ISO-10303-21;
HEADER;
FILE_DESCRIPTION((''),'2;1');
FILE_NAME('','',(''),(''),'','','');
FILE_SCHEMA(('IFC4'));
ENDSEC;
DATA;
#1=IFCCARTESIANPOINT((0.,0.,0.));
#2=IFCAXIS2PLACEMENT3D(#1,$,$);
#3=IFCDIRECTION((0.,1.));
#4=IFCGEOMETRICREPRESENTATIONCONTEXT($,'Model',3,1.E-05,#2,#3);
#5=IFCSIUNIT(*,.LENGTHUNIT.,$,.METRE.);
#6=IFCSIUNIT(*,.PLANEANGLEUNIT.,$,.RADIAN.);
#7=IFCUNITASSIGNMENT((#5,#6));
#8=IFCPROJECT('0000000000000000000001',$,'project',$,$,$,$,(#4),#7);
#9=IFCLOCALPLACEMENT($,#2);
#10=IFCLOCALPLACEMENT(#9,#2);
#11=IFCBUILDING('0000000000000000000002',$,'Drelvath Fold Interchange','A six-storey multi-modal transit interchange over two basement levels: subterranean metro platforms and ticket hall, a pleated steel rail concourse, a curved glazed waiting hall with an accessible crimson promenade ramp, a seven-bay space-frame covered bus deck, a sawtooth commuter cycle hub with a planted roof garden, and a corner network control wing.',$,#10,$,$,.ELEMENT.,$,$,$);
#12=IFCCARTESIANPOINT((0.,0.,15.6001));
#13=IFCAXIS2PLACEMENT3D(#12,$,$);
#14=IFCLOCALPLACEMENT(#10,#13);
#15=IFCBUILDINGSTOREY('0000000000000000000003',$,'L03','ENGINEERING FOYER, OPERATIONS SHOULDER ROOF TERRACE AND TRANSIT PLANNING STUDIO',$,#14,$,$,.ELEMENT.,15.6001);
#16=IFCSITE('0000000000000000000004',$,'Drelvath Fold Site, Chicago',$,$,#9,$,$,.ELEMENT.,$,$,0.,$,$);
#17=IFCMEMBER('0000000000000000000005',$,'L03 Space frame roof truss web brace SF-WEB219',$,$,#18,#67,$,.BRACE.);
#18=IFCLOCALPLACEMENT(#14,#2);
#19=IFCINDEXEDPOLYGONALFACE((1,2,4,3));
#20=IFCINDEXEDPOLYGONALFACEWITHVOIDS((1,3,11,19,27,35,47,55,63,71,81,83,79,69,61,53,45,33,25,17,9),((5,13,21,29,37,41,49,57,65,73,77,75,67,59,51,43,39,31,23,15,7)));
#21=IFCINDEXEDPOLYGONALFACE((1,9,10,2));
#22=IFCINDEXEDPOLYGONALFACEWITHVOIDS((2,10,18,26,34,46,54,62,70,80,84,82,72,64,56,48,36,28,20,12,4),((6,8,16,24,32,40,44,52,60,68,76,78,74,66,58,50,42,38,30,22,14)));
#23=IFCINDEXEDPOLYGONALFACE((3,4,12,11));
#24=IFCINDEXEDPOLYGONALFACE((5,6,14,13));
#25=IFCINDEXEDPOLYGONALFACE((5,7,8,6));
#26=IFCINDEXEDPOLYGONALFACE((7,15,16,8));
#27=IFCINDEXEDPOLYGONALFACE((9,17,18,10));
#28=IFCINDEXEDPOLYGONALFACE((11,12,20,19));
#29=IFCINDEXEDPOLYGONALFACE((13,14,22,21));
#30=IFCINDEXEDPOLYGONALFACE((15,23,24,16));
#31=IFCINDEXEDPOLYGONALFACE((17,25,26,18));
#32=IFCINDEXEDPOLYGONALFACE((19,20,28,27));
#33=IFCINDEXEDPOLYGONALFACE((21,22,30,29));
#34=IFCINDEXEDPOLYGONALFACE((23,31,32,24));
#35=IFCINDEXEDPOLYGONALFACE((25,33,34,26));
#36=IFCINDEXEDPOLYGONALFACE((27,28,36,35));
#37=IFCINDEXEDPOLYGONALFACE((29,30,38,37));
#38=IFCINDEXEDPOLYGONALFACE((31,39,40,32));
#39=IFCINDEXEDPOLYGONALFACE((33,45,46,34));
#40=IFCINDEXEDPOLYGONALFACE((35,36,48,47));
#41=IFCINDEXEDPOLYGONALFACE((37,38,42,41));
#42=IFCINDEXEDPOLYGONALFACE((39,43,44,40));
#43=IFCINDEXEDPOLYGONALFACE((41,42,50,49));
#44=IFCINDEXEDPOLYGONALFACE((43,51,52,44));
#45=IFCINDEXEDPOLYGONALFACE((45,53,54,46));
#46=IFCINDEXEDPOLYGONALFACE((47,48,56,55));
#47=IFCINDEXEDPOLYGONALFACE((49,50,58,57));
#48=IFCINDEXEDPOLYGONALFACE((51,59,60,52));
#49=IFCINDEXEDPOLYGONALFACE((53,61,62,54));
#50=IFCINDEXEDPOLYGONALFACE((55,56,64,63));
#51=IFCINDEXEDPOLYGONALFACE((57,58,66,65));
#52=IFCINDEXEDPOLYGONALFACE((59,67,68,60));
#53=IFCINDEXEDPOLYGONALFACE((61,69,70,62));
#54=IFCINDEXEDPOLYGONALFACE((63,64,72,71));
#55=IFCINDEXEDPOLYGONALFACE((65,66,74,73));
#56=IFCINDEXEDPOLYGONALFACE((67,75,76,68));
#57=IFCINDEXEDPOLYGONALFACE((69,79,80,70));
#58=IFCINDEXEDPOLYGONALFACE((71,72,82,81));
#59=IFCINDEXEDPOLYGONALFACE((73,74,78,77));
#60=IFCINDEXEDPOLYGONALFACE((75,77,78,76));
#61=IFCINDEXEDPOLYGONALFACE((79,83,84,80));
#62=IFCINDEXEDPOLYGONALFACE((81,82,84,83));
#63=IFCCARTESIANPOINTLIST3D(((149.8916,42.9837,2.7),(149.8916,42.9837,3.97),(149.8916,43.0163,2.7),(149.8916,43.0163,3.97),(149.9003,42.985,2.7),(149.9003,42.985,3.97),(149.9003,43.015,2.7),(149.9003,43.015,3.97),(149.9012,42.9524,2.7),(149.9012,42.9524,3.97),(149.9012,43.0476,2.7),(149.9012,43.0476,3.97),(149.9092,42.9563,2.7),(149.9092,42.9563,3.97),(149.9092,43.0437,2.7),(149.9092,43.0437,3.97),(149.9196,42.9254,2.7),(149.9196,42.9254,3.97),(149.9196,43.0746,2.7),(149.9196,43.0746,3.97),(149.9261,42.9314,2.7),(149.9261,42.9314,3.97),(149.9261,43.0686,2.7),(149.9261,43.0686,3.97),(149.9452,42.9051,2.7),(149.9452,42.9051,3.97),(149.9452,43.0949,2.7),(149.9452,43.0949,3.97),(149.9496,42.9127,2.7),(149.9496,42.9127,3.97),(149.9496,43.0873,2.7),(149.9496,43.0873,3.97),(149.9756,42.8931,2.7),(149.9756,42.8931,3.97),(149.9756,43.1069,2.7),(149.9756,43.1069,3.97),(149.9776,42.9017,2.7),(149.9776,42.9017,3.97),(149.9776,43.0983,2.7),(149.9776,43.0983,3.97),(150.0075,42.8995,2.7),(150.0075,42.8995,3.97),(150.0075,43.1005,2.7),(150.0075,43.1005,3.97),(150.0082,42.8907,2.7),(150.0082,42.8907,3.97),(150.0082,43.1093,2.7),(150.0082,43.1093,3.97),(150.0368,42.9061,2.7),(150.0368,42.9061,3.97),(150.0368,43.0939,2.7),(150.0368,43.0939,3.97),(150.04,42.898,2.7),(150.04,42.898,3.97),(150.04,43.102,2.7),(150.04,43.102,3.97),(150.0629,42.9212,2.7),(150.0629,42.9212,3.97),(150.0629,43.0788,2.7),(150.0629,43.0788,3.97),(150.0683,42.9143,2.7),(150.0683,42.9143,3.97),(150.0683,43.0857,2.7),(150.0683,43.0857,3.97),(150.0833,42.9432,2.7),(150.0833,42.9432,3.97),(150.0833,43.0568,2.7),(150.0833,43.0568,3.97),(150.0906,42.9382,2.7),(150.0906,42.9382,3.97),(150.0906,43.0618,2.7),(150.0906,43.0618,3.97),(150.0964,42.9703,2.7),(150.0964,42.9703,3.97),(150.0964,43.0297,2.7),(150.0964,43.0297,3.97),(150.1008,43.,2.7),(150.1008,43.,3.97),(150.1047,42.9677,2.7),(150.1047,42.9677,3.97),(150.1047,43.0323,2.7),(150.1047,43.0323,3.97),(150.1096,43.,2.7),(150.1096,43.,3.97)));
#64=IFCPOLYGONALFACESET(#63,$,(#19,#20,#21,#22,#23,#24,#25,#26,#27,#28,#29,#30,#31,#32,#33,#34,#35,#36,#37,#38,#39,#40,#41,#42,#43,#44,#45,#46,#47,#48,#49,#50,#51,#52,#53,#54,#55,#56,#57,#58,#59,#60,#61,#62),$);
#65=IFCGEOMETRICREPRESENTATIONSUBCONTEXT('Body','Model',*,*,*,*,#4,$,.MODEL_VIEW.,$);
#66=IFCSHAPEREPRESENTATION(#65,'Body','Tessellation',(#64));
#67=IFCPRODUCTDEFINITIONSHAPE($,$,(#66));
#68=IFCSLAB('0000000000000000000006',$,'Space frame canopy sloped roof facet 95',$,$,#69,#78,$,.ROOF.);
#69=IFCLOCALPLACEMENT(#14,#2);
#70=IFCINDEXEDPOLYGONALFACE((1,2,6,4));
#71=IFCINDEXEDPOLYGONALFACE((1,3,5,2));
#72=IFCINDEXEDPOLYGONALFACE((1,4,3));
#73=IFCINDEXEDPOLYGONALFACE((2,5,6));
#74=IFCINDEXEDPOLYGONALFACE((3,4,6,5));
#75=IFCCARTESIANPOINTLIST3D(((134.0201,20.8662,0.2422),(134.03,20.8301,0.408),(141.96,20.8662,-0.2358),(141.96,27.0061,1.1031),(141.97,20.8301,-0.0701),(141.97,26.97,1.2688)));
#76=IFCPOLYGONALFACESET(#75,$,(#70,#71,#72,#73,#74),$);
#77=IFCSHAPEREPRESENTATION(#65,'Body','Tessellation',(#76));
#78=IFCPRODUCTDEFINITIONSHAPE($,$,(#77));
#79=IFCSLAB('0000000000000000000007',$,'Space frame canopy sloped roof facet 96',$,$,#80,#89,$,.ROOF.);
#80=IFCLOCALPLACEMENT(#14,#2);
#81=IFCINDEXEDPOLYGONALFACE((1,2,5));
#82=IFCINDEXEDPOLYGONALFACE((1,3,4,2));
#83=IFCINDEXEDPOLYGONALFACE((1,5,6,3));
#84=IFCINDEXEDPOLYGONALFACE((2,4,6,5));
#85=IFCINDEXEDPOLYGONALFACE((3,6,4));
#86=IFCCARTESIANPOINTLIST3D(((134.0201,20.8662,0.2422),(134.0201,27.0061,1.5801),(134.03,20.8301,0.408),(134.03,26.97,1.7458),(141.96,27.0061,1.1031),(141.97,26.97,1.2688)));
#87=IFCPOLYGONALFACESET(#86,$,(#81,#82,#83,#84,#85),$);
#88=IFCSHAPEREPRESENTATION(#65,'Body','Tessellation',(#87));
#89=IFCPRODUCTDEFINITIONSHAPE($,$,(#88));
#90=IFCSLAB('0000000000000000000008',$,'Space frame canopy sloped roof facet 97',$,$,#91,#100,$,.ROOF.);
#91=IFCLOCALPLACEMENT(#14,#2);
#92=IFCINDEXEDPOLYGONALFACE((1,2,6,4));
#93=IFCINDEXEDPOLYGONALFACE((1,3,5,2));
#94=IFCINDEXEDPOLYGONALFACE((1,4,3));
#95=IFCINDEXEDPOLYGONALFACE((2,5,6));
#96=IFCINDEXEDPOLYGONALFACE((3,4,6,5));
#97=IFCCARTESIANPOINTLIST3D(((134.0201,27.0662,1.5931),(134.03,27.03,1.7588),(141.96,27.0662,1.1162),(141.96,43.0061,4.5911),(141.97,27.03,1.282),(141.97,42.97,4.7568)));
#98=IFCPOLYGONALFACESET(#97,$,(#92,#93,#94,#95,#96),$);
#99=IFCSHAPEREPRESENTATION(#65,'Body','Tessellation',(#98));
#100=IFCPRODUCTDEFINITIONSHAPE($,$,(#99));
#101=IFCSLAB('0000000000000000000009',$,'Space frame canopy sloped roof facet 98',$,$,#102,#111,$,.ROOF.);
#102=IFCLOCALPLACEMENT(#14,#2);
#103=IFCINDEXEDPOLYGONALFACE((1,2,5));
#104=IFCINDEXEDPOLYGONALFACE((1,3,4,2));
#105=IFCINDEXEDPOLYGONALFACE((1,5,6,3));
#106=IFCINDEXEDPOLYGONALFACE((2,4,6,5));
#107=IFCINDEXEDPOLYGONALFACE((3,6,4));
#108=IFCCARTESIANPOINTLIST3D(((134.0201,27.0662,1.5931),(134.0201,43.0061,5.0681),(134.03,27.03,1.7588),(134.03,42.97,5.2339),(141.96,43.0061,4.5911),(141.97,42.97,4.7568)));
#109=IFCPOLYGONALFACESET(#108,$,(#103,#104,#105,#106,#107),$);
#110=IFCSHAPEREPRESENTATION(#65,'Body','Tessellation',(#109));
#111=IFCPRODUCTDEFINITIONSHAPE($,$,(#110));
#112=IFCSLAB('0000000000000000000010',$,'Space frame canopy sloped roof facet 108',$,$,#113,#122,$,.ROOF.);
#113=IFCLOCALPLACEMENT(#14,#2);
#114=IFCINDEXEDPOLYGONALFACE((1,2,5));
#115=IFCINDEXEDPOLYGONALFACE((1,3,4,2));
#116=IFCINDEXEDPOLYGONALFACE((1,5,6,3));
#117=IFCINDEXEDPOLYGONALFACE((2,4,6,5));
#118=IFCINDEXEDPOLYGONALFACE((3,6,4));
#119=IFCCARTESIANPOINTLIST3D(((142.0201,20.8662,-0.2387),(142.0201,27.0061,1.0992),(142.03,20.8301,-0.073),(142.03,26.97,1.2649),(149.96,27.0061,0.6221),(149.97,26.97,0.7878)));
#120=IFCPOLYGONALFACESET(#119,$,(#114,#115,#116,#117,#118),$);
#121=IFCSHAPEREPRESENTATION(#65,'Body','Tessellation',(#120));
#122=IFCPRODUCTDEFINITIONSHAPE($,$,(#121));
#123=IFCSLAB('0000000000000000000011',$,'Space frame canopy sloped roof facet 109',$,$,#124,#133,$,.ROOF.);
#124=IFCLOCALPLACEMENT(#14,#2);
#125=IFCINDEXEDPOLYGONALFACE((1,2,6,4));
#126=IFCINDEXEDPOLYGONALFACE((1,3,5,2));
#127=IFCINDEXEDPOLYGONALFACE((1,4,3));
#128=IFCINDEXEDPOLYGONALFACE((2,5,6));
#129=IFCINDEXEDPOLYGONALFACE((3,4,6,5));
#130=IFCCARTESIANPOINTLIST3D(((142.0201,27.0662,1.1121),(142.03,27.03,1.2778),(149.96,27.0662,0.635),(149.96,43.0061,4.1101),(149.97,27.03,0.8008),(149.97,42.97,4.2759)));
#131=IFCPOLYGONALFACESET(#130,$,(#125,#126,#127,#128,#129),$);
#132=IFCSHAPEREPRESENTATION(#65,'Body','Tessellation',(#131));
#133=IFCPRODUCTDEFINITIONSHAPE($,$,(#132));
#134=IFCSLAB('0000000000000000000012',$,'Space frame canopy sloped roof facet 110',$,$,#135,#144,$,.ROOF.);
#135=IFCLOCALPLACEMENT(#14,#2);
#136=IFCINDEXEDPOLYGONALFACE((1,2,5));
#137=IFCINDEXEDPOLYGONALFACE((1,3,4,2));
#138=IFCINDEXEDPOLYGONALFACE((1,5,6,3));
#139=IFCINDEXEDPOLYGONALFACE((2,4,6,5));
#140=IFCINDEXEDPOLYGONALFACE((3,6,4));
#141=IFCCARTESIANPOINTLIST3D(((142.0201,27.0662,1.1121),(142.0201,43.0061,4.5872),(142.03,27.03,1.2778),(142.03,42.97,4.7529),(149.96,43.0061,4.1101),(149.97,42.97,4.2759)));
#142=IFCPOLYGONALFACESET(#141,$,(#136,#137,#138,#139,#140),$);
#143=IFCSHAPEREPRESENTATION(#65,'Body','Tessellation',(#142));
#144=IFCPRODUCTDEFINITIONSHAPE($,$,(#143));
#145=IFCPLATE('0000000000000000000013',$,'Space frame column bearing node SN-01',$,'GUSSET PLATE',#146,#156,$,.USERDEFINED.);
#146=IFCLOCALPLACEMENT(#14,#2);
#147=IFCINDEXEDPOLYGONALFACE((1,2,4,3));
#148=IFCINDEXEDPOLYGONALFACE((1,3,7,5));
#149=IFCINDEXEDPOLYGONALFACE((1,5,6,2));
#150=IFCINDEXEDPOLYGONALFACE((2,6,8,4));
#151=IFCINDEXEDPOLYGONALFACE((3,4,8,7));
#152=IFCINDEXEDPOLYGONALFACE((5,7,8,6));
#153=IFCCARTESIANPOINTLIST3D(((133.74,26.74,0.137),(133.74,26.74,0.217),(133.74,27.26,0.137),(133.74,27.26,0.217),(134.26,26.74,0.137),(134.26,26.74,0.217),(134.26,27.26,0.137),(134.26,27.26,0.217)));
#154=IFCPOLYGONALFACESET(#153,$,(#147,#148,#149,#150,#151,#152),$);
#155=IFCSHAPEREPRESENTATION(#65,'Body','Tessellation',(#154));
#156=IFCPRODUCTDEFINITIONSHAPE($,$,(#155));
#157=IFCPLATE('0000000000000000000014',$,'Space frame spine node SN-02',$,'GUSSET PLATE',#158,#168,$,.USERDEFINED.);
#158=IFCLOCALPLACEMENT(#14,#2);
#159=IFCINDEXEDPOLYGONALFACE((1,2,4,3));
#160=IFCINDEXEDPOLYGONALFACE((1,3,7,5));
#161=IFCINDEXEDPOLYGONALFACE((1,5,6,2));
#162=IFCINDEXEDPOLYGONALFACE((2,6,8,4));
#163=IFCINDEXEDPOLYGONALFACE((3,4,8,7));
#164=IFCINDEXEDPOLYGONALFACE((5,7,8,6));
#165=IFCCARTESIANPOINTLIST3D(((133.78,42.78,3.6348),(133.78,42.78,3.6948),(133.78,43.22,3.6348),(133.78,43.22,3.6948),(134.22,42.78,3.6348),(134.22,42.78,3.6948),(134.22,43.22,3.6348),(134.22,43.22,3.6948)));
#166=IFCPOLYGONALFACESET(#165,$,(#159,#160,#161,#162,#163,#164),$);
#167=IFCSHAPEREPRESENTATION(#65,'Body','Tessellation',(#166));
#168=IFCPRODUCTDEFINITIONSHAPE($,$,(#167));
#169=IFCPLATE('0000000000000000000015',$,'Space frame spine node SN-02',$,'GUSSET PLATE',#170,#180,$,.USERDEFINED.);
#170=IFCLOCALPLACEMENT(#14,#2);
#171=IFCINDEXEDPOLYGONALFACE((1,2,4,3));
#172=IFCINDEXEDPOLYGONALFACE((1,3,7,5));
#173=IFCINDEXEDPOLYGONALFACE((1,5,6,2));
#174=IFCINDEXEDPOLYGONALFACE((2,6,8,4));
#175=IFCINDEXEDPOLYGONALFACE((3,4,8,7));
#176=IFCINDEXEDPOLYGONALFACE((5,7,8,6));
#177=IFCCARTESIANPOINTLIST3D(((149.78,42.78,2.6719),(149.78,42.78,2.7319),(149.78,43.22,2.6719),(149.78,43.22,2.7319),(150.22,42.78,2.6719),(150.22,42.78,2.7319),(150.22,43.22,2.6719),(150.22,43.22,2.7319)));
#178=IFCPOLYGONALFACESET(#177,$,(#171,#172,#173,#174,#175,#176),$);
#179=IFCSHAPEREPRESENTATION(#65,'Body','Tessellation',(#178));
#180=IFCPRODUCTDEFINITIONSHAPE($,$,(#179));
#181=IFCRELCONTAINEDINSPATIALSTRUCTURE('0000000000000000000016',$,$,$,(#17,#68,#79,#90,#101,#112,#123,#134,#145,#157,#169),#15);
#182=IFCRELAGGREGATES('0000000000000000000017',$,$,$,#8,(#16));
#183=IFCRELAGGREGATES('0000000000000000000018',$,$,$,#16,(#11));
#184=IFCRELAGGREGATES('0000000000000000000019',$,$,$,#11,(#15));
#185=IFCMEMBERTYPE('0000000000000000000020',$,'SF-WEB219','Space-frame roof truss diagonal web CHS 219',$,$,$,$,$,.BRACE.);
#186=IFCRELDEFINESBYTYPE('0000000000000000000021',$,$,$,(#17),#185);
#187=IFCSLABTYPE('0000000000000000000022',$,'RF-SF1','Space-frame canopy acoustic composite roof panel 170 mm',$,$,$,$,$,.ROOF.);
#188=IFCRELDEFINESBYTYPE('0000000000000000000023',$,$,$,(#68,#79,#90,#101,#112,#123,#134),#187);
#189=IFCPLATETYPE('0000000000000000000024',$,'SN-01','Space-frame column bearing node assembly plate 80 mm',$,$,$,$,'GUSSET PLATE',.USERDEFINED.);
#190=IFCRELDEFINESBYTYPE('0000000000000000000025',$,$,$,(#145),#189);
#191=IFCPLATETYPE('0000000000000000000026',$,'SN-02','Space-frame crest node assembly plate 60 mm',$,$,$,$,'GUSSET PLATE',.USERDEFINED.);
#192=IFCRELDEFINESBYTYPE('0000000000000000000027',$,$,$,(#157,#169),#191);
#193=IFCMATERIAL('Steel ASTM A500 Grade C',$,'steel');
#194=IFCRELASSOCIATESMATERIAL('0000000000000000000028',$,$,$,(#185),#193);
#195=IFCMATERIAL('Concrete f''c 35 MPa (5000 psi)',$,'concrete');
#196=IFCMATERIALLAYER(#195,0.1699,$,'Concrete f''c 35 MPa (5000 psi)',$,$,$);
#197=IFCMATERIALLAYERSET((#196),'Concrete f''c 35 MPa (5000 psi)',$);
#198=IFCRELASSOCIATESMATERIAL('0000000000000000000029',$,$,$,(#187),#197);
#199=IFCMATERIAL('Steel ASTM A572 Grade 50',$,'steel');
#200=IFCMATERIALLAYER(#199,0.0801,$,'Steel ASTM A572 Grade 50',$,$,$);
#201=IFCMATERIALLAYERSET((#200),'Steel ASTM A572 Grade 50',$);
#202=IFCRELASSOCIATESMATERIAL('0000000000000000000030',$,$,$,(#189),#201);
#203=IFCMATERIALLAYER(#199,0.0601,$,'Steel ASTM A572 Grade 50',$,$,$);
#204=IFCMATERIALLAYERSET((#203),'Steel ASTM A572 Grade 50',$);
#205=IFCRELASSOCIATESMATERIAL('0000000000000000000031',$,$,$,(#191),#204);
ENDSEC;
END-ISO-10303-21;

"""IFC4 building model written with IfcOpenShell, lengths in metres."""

from ifc_helpers import new_model, si_unit, direction, frame, origin, origin_2d, place, context, subcontext, project, spatial, polyline, rectangle, hollow_circle, outline, extrude, material, layer, layer_set, material_profile, profile_set, type_object, element, save


model = new_model("IFC4")

# Units and contexts
model_context = context("Model", 3, precision=1e-05, world=origin(), true_north=direction((0.0, 1.0)))
body_context = subcontext(model_context, "Body", "Model", "MODEL_VIEW")
ifc_project = project(units=[si_unit("LENGTHUNIT", "METRE"), si_unit("PLANEANGLEUNIT", "RADIAN")], contexts=[model_context])

# Site, building, storey
site_placement = place(None, origin())
site = spatial("IfcSite", under=ifc_project, at=site_placement, Name="Drelvath Fold Site, Chicago", CompositionType="ELEMENT", RefElevation=0.0)
building_placement = place(site_placement, origin())
building = spatial("IfcBuilding", under=site, at=building_placement, Name="Drelvath Fold Interchange", Description="A six-storey multi-modal transit interchange over two basement levels: subterranean metro platforms and ticket hall, a pleated steel rail concourse, a curved glazed waiting hall with an accessible crimson promenade ramp, a seven-bay space-frame covered bus deck, a sawtooth commuter cycle hub with a planted roof garden, and a corner network control wing.", CompositionType="ELEMENT")
storey_placement = place(building_placement, frame((0.0, 0.0, 15.6001)))
storey = spatial("IfcBuildingStorey", under=building, at=storey_placement, Name="L03", Description="ENGINEERING FOYER, OPERATIONS SHOULDER ROOF TERRACE AND TRANSIT PLANNING STUDIO", CompositionType="ELEMENT", Elevation=15.6001)

# Shared definitions
ifc_material_1 = material(Name="Steel ASTM A500 Grade C", Category="steel")

# Member
ifc_material_profile_1 = material_profile(ifc_material_1, hollow_circle(Radius=0.1096, WallThickness=0.0088, at=origin_2d()), Name="HSS8.625X0.375")
ifc_profile_set_1 = profile_set([ifc_material_profile_1], Name="Steel ASTM A500 Grade C")
member_type_1 = type_object("IfcMemberType", Name="SF-WEB219", Description="Space-frame roof truss diagonal web CHS 219", PredefinedType="BRACE", material=ifc_profile_set_1)
member_1_placement = place(storey_placement, frame((150.0, 43.0, 2.7), z_axis=(0.0, 0.0, 1.0), x_axis=(1.0, 0.0, 0.0)))
element("IfcMember", 1, at=member_1_placement, inside=storey, type_object=member_type_1, Name="L03 Space frame roof truss web brace SF-WEB219", PredefinedType="BRACE", context=body_context, shape_type="SweptSolid", body=[
    extrude(hollow_circle(Radius=0.1096, WallThickness=0.0088, at=origin_2d()), origin(), (0.0, 0.0, 1.0), 1.27),
])

# Slabs
ifc_material_2 = material(Name="Concrete f'c 35 MPa (5000 psi)", Category="concrete")
ifc_layer_1 = layer(ifc_material_2, 0.1699, Name="Concrete f'c 35 MPa (5000 psi)")
ifc_layer_set_1 = layer_set([ifc_layer_1], Name="Concrete f'c 35 MPa (5000 psi)")
slab_type = type_object("IfcSlabType", Name="RF-SF1", Description="Space-frame canopy acoustic composite roof panel 170 mm", PredefinedType="ROOF", material=ifc_layer_set_1)
slab_1_placement = place(storey_placement, frame((134.03, 20.8301, 0.408), z_axis=(0.058722, -0.212686, 0.975354), x_axis=(0.998193, 0.0, -0.060097)))
element("IfcSlab", 2, at=slab_1_placement, inside=storey, type_object=slab_type, Name="Space frame canopy sloped roof facet 95", PredefinedType="ROOF", context=body_context, shape_type="SweptSolid", body=[
    extrude(outline(polyline([(0.0, 0.0), (7.9543, 0.0), (7.8739, 6.2837), (0.0, 0.0)])), origin(), (0.0, 0.0, -1.0), 0.1699),
])
slab_2_placement = place(storey_placement, frame((134.03, 20.8301, 0.408), z_axis=(0.058604, -0.21254, 0.975394), x_axis=(0.788175, 0.60949, 0.085453)))
element("IfcSlab", 3, at=slab_2_placement, inside=storey, type_object=slab_type, Name="Space frame canopy sloped roof facet 96", PredefinedType="ROOF", context=body_context, shape_type="SweptSolid", body=[
    extrude(outline(polyline([(0.0, 0.0), (10.0738, 0.0), (3.8565, 4.9614), (0.0, 0.0)])), origin(), (0.0, 0.0, -1.0), 0.1699),
])
slab_3_placement = place(storey_placement, frame((134.03, 27.03, 1.7588), z_axis=(0.058573, -0.212629, 0.975376), x_axis=(0.998202, 0.0, -0.059944)))
element("IfcSlab", 4, at=slab_3_placement, inside=storey, type_object=slab_type, Name="Space frame canopy sloped roof facet 97", PredefinedType="ROOF", context=body_context, shape_type="SweptSolid", body=[
    extrude(outline(polyline([(0.0, 0.0), (7.9542, 0.0), (7.7459, 16.313), (0.0, 0.0)])), origin(), (0.0, 0.0, -1.0), 0.1699),
])
slab_4_placement = place(storey_placement, frame((134.03, 27.03, 1.7588), z_axis=(0.058603, -0.212643, 0.975371), x_axis=(0.439677, 0.882679, 0.166018)))
element("IfcSlab", 5, at=slab_4_placement, inside=storey, type_object=slab_type, Name="Space frame canopy sloped roof facet 98", PredefinedType="ROOF", context=body_context, shape_type="SweptSolid", body=[
    extrude(outline(polyline([(0.0, 0.0), (18.0586, 0.0), (14.6468, 7.1854), (0.0, 0.0)])), origin(), (0.0, 0.0, -1.0), 0.1699),
])
slab_5_placement = place(storey_placement, frame((142.03, 20.8301, -0.073), z_axis=(0.058604, -0.21254, 0.975394), x_axis=(0.788175, 0.60949, 0.085453)))
element("IfcSlab", 6, at=slab_5_placement, inside=storey, type_object=slab_type, Name="Space frame canopy sloped roof facet 108", PredefinedType="ROOF", context=body_context, shape_type="SweptSolid", body=[
    extrude(outline(polyline([(0.0, 0.0), (10.0738, 0.0), (3.8565, 4.9614), (0.0, 0.0)])), origin(), (0.0, 0.0, -1.0), 0.1699),
])
slab_6_placement = place(storey_placement, frame((142.03, 27.03, 1.2778), z_axis=(0.058603, -0.212643, 0.975371), x_axis=(0.9982, 0.0, -0.059974)))
element("IfcSlab", 7, at=slab_6_placement, inside=storey, type_object=slab_type, Name="Space frame canopy sloped roof facet 109", PredefinedType="ROOF", context=body_context, shape_type="SweptSolid", body=[
    extrude(outline(polyline([(0.0, 0.0), (7.9543, 0.0), (7.7458, 16.313), (0.0, 0.0)])), origin(), (0.0, 0.0, -1.0), 0.1699),
])
slab_7_placement = place(storey_placement, frame((142.03, 27.03, 1.2778), z_axis=(0.058603, -0.212643, 0.975371), x_axis=(0.439677, 0.882679, 0.166018)))
element("IfcSlab", 8, at=slab_7_placement, inside=storey, type_object=slab_type, Name="Space frame canopy sloped roof facet 110", PredefinedType="ROOF", context=body_context, shape_type="SweptSolid", body=[
    extrude(outline(polyline([(0.0, 0.0), (18.0586, 0.0), (14.6468, 7.1854), (0.0, 0.0)])), origin(), (0.0, 0.0, -1.0), 0.1699),
])

# Plates
ifc_material_3 = material(Name="Steel ASTM A572 Grade 50", Category="steel")
ifc_layer_2 = layer(ifc_material_3, 0.0801, Name="Steel ASTM A572 Grade 50")
ifc_layer_set_2 = layer_set([ifc_layer_2], Name="Steel ASTM A572 Grade 50")
plate_type_1 = type_object("IfcPlateType", Name="SN-01", Description="Space-frame column bearing node assembly plate 80 mm", ElementType="GUSSET PLATE", PredefinedType="USERDEFINED", material=ifc_layer_set_2)
plate_placement = place(storey_placement, frame((134.0, 27.0, 0.137), z_axis=(0.0, 0.0, 1.0), x_axis=(1.0, 0.0, 0.0)))
element("IfcPlate", 9, at=plate_placement, inside=storey, type_object=plate_type_1, Name="Space frame column bearing node SN-01", ObjectType="GUSSET PLATE", PredefinedType="USERDEFINED", context=body_context, shape_type="SweptSolid", body=[
    extrude(rectangle(XDim=0.52, YDim=0.52, at=origin_2d()), origin(), (0.0, 0.0, 1.0), 0.0801),
])
ifc_layer_3 = layer(ifc_material_3, 0.0601, Name="Steel ASTM A572 Grade 50")
ifc_layer_set_3 = layer_set([ifc_layer_3], Name="Steel ASTM A572 Grade 50")
plate_type_2 = type_object("IfcPlateType", Name="SN-02", Description="Space-frame crest node assembly plate 60 mm", ElementType="GUSSET PLATE", PredefinedType="USERDEFINED", material=ifc_layer_set_3)
for number, where, z_axis, x_axis, name in (
    (10, (134.0, 43.0, 3.6348), (0.0, 0.0, 1.0), (1.0, 0.0, 0.0), "Space frame spine node SN-02"),
    (11, (150.0, 43.0, 2.6719), (0.0, 0.0, 1.0), (1.0, 0.0, 0.0), "Space frame spine node SN-02"),
):
    element("IfcPlate", number, at=place(storey_placement, frame(where, z_axis=z_axis, x_axis=x_axis)), inside=storey, type_object=plate_type_2, Name=name, ObjectType="GUSSET PLATE", PredefinedType="USERDEFINED", context=body_context, shape_type="SweptSolid", body=[
        extrude(rectangle(XDim=0.4399, YDim=0.4399, at=origin_2d()), origin(), (0.0, 0.0, 1.0), 0.0601),
    ])

save(model, "model.ifc")
